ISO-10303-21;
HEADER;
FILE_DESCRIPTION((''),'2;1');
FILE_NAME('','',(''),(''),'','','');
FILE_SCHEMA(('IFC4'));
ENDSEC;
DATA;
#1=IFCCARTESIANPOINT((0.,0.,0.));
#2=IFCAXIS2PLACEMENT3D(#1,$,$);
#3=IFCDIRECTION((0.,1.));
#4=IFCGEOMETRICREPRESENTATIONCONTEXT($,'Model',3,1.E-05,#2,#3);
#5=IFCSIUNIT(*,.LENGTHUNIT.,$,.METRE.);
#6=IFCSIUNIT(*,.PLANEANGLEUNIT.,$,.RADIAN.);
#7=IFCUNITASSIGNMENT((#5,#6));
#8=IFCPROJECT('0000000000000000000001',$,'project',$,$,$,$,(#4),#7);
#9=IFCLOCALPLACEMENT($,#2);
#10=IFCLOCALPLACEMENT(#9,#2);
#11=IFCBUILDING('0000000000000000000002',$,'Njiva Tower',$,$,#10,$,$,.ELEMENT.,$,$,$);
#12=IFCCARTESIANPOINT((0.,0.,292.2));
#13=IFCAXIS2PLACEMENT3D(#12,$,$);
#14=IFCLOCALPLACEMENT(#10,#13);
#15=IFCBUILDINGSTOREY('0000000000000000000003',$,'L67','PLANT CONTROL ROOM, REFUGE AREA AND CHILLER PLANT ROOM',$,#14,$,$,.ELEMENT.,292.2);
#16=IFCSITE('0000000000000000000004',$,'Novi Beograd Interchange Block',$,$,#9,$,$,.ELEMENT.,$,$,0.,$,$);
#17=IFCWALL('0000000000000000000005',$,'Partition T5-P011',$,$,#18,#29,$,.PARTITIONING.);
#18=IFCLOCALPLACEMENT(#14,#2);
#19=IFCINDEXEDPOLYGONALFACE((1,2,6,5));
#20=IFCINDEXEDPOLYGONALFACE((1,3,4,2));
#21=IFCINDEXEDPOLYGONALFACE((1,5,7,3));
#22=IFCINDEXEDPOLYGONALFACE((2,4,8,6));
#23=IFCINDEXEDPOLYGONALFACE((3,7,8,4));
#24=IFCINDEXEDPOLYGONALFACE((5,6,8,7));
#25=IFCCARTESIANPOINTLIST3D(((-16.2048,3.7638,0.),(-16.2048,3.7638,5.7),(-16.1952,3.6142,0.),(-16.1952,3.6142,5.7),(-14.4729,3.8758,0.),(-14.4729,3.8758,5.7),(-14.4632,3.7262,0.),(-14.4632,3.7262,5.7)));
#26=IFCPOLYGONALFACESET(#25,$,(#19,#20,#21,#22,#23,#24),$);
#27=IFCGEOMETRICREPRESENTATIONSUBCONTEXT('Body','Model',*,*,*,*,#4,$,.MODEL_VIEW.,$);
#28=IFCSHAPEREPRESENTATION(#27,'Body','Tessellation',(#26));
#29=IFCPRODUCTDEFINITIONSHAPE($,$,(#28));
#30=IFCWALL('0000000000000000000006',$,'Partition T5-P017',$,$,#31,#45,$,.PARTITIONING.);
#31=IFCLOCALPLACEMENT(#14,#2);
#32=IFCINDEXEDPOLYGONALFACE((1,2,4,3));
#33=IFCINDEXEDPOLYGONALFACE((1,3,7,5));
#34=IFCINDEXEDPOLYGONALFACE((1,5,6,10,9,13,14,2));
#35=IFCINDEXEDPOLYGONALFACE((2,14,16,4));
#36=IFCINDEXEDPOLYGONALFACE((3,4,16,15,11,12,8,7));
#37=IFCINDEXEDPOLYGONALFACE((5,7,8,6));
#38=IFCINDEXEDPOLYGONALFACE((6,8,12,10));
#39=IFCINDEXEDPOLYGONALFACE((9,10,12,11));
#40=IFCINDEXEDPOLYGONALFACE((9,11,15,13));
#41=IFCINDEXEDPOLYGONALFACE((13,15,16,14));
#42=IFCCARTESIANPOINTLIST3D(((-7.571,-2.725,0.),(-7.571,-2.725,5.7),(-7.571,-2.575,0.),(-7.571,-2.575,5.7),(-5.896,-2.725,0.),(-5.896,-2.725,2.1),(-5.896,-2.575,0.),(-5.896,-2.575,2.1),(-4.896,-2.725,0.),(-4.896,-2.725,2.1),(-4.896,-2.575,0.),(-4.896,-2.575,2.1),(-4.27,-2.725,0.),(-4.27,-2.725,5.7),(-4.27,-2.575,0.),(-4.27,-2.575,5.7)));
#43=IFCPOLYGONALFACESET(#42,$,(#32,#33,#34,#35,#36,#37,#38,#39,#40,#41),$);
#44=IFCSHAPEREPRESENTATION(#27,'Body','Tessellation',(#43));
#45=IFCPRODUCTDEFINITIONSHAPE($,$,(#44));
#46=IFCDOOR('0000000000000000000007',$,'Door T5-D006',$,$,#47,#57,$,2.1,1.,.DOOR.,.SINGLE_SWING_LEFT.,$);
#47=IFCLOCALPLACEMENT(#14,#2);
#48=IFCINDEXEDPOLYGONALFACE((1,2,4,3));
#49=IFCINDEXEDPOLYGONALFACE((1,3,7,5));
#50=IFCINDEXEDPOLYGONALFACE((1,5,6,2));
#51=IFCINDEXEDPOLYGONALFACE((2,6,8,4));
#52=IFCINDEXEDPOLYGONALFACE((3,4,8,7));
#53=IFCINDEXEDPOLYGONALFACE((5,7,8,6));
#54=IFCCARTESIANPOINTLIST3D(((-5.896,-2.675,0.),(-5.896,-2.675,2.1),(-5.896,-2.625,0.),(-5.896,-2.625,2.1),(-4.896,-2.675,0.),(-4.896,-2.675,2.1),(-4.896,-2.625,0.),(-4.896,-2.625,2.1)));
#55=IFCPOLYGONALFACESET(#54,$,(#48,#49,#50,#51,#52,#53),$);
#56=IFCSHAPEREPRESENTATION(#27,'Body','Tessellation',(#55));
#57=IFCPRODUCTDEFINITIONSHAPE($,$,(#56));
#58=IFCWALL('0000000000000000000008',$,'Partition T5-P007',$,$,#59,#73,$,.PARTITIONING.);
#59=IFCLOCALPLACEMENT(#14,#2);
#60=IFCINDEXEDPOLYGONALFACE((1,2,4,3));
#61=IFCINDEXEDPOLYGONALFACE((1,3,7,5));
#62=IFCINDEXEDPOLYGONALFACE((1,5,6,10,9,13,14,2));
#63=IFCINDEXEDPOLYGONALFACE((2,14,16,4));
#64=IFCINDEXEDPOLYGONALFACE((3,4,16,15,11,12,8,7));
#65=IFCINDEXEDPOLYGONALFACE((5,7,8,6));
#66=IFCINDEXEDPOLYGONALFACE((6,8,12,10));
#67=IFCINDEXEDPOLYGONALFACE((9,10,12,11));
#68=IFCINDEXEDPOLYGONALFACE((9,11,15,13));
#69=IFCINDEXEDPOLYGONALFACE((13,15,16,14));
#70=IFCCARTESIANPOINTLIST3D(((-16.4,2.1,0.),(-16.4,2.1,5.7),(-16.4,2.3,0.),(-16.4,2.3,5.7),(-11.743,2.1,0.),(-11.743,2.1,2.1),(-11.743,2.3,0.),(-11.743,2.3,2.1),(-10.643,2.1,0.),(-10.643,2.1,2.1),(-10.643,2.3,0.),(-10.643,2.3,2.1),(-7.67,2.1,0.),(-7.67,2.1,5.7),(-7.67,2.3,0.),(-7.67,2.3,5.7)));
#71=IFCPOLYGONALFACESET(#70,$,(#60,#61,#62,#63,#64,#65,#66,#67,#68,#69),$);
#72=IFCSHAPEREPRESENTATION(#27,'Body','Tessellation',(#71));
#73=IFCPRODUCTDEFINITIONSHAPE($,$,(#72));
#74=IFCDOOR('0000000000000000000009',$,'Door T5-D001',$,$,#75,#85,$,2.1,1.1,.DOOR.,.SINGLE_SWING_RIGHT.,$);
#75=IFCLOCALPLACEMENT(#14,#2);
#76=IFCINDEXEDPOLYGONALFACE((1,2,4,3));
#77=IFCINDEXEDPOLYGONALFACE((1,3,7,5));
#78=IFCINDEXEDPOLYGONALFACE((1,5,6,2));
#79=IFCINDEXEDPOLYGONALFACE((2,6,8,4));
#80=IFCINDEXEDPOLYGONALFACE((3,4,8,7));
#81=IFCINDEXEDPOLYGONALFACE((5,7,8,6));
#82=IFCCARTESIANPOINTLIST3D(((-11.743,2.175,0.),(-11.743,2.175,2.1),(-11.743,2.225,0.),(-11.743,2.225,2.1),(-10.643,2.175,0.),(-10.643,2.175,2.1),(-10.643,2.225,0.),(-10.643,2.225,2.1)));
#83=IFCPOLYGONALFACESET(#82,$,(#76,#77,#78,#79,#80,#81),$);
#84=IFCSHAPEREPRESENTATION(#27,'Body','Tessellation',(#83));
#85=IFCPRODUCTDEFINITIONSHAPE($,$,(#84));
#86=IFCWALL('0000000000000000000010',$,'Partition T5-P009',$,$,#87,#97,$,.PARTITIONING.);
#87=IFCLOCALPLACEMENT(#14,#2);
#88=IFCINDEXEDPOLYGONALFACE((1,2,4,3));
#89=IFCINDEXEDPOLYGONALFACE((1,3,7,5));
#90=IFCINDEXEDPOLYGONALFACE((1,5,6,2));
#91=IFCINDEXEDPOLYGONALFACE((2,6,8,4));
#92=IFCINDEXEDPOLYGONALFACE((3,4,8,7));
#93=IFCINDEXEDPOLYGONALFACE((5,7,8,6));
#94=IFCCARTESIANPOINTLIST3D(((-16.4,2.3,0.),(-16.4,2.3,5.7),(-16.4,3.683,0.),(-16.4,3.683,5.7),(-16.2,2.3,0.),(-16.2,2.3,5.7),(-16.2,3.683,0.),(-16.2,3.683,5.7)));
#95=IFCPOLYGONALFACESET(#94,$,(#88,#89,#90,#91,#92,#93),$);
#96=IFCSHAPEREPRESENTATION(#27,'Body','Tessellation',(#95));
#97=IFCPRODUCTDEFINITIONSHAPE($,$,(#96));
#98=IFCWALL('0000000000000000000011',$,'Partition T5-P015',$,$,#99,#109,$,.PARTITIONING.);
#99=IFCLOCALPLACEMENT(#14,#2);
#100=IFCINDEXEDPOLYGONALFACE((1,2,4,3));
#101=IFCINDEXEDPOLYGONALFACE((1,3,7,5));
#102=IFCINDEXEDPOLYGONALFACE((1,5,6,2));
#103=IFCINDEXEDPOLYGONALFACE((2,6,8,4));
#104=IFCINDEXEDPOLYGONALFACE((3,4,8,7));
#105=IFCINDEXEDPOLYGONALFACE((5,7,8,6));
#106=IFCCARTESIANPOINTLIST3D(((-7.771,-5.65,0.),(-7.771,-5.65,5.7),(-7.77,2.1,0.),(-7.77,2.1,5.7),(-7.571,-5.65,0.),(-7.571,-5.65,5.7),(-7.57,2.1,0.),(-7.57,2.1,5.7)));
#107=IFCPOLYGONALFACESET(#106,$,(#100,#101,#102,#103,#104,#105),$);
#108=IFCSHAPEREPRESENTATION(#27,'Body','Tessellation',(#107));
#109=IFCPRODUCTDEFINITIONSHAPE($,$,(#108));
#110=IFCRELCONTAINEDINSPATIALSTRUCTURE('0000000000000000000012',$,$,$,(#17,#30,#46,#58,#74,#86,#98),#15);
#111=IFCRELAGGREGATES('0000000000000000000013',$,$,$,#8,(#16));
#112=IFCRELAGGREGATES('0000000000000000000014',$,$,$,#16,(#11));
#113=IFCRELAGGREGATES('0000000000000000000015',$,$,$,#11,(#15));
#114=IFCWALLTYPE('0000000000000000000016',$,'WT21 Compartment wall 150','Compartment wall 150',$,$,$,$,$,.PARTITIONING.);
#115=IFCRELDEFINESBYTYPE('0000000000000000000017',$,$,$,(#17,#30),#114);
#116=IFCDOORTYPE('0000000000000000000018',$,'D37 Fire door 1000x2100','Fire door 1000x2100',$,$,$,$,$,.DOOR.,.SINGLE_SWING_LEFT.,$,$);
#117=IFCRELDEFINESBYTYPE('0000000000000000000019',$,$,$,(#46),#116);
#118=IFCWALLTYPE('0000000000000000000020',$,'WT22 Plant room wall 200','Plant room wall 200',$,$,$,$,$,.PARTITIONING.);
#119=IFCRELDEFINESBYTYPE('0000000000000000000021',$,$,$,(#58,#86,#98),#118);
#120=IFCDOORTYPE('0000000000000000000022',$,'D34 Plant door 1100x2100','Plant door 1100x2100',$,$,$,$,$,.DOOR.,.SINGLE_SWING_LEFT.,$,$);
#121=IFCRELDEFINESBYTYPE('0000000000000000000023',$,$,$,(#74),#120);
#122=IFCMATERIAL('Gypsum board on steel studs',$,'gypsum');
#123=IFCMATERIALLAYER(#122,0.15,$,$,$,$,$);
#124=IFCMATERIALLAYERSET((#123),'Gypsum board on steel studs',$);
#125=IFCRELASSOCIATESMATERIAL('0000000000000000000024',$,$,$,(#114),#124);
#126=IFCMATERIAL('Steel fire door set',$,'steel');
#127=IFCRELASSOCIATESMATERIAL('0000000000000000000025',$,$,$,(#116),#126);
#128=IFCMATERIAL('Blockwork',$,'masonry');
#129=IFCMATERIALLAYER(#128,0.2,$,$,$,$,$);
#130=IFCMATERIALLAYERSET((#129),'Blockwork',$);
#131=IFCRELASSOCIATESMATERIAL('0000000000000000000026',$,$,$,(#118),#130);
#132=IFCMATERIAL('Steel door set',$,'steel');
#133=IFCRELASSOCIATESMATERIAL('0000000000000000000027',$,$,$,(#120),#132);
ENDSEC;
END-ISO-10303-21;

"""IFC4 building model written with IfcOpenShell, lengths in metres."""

from ifc_helpers import new_model, si_unit, direction, frame, frame_2d, origin, place, context, subcontext, project, spatial, rectangle, extrude, material, layer, layer_set, type_object, element, fill, save


model = new_model("IFC4")

# Units and contexts
model_context = context("Model", 3, precision=1e-05, world=origin(), true_north=direction((0.0, 1.0)))
body_context = subcontext(model_context, "Body", "Model", "MODEL_VIEW")
ifc_project = project(units=[si_unit("LENGTHUNIT", "METRE"), si_unit("PLANEANGLEUNIT", "RADIAN")], contexts=[model_context])

# Site, building, storey
site_placement = place(None, origin())
site = spatial("IfcSite", under=ifc_project, at=site_placement, Name="Novi Beograd Interchange Block", CompositionType="ELEMENT", RefElevation=0.0)
building_placement = place(site_placement, origin())
building = spatial("IfcBuilding", under=site, at=building_placement, Name="Njiva Tower", CompositionType="ELEMENT")
storey_placement = place(building_placement, frame((0.0, 0.0, 292.2)))
storey = spatial("IfcBuildingStorey", under=building, at=storey_placement, Name="L67", Description="PLANT CONTROL ROOM, REFUGE AREA AND CHILLER PLANT ROOM", CompositionType="ELEMENT", Elevation=292.2)

# Wall
ifc_material_1 = material(Name="Gypsum board on steel studs", Category="gypsum")
ifc_layer_1 = layer(ifc_material_1, 0.15)
ifc_layer_set_1 = layer_set([ifc_layer_1], Name="Gypsum board on steel studs")
wall_type_1 = type_object("IfcWallType", Name="WT21 Compartment wall 150", Description="Compartment wall 150", PredefinedType="PARTITIONING", material=ifc_layer_set_1)
wall_1_placement = place(storey_placement, frame((-16.2, 3.689, 0.0), z_axis=(0.0, 0.0, 1.0), x_axis=(0.997916, 0.06453, 0.0)))
element("IfcWall", 1, at=wall_1_placement, inside=storey, type_object=wall_type_1, Name="Partition T5-P011", PredefinedType="PARTITIONING", context=body_context, shape_type="SweptSolid", body=[
    extrude(rectangle(XDim=1.7356, YDim=0.15, at=frame_2d((0.8678, 0.0))), origin(), (0.0, 0.0, 1.0), 5.7),
])

# Walls, openings, doors
wall_2_placement = place(storey_placement, frame((-7.571, -2.65, 0.0), z_axis=(0.0, 0.0, 1.0), x_axis=(1.0, 0.0, 0.0)))
wall_2 = element("IfcWall", 2, at=wall_2_placement, inside=storey, type_object=wall_type_1, Name="Partition T5-P017", PredefinedType="PARTITIONING", context=body_context, shape_type="SweptSolid", body=[
    extrude(rectangle(XDim=3.301, YDim=0.15, at=frame_2d((1.6505, 0.0))), origin(), (0.0, 0.0, 1.0), 5.7),
])
opening_1_placement = place(wall_2_placement, frame((1.675, 0.0, 0.0)))
opening_1 = element("IfcOpeningElement", 3, at=opening_1_placement, cuts=wall_2, PredefinedType="OPENING", context=body_context, shape_type="SweptSolid", body=[
    extrude(rectangle(XDim=1.0, YDim=2.1, at=frame_2d((0.5, 1.05))), frame((0.0, 0.085, 0.0), z_axis=(0.0, -1.0, 0.0), x_axis=(1.0, 0.0, 0.0)), (0.0, 0.0, 1.0), 0.17),
])
ifc_material_2 = material(Name="Steel fire door set", Category="steel")
door_type_1 = type_object("IfcDoorType", Name="D37 Fire door 1000x2100", Description="Fire door 1000x2100", OperationType="SINGLE_SWING_LEFT", PredefinedType="DOOR", material=ifc_material_2)
door_1_placement = place(opening_1_placement, origin())
door_1 = element("IfcDoor", 4, at=door_1_placement, inside=storey, type_object=door_type_1, Name="Door T5-D006", OperationType="SINGLE_SWING_LEFT", OverallHeight=2.1, OverallWidth=1.0, PredefinedType="DOOR", context=body_context, shape_type="SweptSolid", body=[
    extrude(rectangle(XDim=1.0, YDim=2.1, at=frame_2d((0.5, 1.05))), frame((0.0, 0.025, 0.0), z_axis=(0.0, -1.0, 0.0), x_axis=(1.0, 0.0, 0.0)), (0.0, 0.0, 1.0), 0.05),
])
fill(opening_1, door_1)
ifc_material_3 = material(Name="Blockwork", Category="masonry")
ifc_layer_2 = layer(ifc_material_3, 0.2)
ifc_layer_set_2 = layer_set([ifc_layer_2], Name="Blockwork")
wall_type_2 = type_object("IfcWallType", Name="WT22 Plant room wall 200", Description="Plant room wall 200", PredefinedType="PARTITIONING", material=ifc_layer_set_2)
wall_3_placement = place(storey_placement, frame((-16.4, 2.2, 0.0), z_axis=(0.0, 0.0, 1.0), x_axis=(1.0, 0.0, 0.0)))
wall_3 = element("IfcWall", 5, at=wall_3_placement, inside=storey, type_object=wall_type_2, Name="Partition T5-P007", PredefinedType="PARTITIONING", context=body_context, shape_type="SweptSolid", body=[
    extrude(rectangle(XDim=8.73, YDim=0.2, at=frame_2d((4.365, 0.0))), origin(), (0.0, 0.0, 1.0), 5.7),
])
opening_2_placement = place(wall_3_placement, frame((4.657, 0.0, 0.0)))
opening_2 = element("IfcOpeningElement", 6, at=opening_2_placement, cuts=wall_3, PredefinedType="OPENING", context=body_context, shape_type="SweptSolid", body=[
    extrude(rectangle(XDim=1.1, YDim=2.1, at=frame_2d((0.55, 1.05))), frame((0.0, 0.11, 0.0), z_axis=(0.0, -1.0, 0.0), x_axis=(1.0, 0.0, 0.0)), (0.0, 0.0, 1.0), 0.22),
])
ifc_material_4 = material(Name="Steel door set", Category="steel")
door_type_2 = type_object("IfcDoorType", Name="D34 Plant door 1100x2100", Description="Plant door 1100x2100", OperationType="SINGLE_SWING_LEFT", PredefinedType="DOOR", material=ifc_material_4)
door_2_placement = place(opening_2_placement, origin())
door_2 = element("IfcDoor", 7, at=door_2_placement, inside=storey, type_object=door_type_2, Name="Door T5-D001", OperationType="SINGLE_SWING_RIGHT", OverallHeight=2.1, OverallWidth=1.1, PredefinedType="DOOR", context=body_context, shape_type="SweptSolid", body=[
    extrude(rectangle(XDim=1.1, YDim=2.1, at=frame_2d((0.55, 1.05))), frame((0.0, 0.025, 0.0), z_axis=(0.0, -1.0, 0.0), x_axis=(1.0, 0.0, 0.0)), (0.0, 0.0, 1.0), 0.05),
])
fill(opening_2, door_2)

# Walls
wall_4_placement = place(storey_placement, frame((-16.3, 2.3, 0.0), z_axis=(0.0, 0.0, 1.0), x_axis=(0.0, 1.0, 0.0)))
element("IfcWall", 8, at=wall_4_placement, inside=storey, type_object=wall_type_2, Name="Partition T5-P009", PredefinedType="PARTITIONING", context=body_context, shape_type="SweptSolid", body=[
    extrude(rectangle(XDim=1.383, YDim=0.2, at=frame_2d((0.6915, 0.0))), origin(), (0.0, 0.0, 1.0), 5.7),
])
wall_5_placement = place(storey_placement, frame((-7.671, -5.65, 0.0), z_axis=(0.0, 0.0, 1.0), x_axis=(0.000129, 1.0, 0.0)))
element("IfcWall", 9, at=wall_5_placement, inside=storey, type_object=wall_type_2, Name="Partition T5-P015", PredefinedType="PARTITIONING", context=body_context, shape_type="SweptSolid", body=[
    extrude(rectangle(XDim=7.75, YDim=0.2, at=frame_2d((3.875, 0.0))), origin(), (0.0, 0.0, 1.0), 5.7),
])

save(model, "model.ifc")
